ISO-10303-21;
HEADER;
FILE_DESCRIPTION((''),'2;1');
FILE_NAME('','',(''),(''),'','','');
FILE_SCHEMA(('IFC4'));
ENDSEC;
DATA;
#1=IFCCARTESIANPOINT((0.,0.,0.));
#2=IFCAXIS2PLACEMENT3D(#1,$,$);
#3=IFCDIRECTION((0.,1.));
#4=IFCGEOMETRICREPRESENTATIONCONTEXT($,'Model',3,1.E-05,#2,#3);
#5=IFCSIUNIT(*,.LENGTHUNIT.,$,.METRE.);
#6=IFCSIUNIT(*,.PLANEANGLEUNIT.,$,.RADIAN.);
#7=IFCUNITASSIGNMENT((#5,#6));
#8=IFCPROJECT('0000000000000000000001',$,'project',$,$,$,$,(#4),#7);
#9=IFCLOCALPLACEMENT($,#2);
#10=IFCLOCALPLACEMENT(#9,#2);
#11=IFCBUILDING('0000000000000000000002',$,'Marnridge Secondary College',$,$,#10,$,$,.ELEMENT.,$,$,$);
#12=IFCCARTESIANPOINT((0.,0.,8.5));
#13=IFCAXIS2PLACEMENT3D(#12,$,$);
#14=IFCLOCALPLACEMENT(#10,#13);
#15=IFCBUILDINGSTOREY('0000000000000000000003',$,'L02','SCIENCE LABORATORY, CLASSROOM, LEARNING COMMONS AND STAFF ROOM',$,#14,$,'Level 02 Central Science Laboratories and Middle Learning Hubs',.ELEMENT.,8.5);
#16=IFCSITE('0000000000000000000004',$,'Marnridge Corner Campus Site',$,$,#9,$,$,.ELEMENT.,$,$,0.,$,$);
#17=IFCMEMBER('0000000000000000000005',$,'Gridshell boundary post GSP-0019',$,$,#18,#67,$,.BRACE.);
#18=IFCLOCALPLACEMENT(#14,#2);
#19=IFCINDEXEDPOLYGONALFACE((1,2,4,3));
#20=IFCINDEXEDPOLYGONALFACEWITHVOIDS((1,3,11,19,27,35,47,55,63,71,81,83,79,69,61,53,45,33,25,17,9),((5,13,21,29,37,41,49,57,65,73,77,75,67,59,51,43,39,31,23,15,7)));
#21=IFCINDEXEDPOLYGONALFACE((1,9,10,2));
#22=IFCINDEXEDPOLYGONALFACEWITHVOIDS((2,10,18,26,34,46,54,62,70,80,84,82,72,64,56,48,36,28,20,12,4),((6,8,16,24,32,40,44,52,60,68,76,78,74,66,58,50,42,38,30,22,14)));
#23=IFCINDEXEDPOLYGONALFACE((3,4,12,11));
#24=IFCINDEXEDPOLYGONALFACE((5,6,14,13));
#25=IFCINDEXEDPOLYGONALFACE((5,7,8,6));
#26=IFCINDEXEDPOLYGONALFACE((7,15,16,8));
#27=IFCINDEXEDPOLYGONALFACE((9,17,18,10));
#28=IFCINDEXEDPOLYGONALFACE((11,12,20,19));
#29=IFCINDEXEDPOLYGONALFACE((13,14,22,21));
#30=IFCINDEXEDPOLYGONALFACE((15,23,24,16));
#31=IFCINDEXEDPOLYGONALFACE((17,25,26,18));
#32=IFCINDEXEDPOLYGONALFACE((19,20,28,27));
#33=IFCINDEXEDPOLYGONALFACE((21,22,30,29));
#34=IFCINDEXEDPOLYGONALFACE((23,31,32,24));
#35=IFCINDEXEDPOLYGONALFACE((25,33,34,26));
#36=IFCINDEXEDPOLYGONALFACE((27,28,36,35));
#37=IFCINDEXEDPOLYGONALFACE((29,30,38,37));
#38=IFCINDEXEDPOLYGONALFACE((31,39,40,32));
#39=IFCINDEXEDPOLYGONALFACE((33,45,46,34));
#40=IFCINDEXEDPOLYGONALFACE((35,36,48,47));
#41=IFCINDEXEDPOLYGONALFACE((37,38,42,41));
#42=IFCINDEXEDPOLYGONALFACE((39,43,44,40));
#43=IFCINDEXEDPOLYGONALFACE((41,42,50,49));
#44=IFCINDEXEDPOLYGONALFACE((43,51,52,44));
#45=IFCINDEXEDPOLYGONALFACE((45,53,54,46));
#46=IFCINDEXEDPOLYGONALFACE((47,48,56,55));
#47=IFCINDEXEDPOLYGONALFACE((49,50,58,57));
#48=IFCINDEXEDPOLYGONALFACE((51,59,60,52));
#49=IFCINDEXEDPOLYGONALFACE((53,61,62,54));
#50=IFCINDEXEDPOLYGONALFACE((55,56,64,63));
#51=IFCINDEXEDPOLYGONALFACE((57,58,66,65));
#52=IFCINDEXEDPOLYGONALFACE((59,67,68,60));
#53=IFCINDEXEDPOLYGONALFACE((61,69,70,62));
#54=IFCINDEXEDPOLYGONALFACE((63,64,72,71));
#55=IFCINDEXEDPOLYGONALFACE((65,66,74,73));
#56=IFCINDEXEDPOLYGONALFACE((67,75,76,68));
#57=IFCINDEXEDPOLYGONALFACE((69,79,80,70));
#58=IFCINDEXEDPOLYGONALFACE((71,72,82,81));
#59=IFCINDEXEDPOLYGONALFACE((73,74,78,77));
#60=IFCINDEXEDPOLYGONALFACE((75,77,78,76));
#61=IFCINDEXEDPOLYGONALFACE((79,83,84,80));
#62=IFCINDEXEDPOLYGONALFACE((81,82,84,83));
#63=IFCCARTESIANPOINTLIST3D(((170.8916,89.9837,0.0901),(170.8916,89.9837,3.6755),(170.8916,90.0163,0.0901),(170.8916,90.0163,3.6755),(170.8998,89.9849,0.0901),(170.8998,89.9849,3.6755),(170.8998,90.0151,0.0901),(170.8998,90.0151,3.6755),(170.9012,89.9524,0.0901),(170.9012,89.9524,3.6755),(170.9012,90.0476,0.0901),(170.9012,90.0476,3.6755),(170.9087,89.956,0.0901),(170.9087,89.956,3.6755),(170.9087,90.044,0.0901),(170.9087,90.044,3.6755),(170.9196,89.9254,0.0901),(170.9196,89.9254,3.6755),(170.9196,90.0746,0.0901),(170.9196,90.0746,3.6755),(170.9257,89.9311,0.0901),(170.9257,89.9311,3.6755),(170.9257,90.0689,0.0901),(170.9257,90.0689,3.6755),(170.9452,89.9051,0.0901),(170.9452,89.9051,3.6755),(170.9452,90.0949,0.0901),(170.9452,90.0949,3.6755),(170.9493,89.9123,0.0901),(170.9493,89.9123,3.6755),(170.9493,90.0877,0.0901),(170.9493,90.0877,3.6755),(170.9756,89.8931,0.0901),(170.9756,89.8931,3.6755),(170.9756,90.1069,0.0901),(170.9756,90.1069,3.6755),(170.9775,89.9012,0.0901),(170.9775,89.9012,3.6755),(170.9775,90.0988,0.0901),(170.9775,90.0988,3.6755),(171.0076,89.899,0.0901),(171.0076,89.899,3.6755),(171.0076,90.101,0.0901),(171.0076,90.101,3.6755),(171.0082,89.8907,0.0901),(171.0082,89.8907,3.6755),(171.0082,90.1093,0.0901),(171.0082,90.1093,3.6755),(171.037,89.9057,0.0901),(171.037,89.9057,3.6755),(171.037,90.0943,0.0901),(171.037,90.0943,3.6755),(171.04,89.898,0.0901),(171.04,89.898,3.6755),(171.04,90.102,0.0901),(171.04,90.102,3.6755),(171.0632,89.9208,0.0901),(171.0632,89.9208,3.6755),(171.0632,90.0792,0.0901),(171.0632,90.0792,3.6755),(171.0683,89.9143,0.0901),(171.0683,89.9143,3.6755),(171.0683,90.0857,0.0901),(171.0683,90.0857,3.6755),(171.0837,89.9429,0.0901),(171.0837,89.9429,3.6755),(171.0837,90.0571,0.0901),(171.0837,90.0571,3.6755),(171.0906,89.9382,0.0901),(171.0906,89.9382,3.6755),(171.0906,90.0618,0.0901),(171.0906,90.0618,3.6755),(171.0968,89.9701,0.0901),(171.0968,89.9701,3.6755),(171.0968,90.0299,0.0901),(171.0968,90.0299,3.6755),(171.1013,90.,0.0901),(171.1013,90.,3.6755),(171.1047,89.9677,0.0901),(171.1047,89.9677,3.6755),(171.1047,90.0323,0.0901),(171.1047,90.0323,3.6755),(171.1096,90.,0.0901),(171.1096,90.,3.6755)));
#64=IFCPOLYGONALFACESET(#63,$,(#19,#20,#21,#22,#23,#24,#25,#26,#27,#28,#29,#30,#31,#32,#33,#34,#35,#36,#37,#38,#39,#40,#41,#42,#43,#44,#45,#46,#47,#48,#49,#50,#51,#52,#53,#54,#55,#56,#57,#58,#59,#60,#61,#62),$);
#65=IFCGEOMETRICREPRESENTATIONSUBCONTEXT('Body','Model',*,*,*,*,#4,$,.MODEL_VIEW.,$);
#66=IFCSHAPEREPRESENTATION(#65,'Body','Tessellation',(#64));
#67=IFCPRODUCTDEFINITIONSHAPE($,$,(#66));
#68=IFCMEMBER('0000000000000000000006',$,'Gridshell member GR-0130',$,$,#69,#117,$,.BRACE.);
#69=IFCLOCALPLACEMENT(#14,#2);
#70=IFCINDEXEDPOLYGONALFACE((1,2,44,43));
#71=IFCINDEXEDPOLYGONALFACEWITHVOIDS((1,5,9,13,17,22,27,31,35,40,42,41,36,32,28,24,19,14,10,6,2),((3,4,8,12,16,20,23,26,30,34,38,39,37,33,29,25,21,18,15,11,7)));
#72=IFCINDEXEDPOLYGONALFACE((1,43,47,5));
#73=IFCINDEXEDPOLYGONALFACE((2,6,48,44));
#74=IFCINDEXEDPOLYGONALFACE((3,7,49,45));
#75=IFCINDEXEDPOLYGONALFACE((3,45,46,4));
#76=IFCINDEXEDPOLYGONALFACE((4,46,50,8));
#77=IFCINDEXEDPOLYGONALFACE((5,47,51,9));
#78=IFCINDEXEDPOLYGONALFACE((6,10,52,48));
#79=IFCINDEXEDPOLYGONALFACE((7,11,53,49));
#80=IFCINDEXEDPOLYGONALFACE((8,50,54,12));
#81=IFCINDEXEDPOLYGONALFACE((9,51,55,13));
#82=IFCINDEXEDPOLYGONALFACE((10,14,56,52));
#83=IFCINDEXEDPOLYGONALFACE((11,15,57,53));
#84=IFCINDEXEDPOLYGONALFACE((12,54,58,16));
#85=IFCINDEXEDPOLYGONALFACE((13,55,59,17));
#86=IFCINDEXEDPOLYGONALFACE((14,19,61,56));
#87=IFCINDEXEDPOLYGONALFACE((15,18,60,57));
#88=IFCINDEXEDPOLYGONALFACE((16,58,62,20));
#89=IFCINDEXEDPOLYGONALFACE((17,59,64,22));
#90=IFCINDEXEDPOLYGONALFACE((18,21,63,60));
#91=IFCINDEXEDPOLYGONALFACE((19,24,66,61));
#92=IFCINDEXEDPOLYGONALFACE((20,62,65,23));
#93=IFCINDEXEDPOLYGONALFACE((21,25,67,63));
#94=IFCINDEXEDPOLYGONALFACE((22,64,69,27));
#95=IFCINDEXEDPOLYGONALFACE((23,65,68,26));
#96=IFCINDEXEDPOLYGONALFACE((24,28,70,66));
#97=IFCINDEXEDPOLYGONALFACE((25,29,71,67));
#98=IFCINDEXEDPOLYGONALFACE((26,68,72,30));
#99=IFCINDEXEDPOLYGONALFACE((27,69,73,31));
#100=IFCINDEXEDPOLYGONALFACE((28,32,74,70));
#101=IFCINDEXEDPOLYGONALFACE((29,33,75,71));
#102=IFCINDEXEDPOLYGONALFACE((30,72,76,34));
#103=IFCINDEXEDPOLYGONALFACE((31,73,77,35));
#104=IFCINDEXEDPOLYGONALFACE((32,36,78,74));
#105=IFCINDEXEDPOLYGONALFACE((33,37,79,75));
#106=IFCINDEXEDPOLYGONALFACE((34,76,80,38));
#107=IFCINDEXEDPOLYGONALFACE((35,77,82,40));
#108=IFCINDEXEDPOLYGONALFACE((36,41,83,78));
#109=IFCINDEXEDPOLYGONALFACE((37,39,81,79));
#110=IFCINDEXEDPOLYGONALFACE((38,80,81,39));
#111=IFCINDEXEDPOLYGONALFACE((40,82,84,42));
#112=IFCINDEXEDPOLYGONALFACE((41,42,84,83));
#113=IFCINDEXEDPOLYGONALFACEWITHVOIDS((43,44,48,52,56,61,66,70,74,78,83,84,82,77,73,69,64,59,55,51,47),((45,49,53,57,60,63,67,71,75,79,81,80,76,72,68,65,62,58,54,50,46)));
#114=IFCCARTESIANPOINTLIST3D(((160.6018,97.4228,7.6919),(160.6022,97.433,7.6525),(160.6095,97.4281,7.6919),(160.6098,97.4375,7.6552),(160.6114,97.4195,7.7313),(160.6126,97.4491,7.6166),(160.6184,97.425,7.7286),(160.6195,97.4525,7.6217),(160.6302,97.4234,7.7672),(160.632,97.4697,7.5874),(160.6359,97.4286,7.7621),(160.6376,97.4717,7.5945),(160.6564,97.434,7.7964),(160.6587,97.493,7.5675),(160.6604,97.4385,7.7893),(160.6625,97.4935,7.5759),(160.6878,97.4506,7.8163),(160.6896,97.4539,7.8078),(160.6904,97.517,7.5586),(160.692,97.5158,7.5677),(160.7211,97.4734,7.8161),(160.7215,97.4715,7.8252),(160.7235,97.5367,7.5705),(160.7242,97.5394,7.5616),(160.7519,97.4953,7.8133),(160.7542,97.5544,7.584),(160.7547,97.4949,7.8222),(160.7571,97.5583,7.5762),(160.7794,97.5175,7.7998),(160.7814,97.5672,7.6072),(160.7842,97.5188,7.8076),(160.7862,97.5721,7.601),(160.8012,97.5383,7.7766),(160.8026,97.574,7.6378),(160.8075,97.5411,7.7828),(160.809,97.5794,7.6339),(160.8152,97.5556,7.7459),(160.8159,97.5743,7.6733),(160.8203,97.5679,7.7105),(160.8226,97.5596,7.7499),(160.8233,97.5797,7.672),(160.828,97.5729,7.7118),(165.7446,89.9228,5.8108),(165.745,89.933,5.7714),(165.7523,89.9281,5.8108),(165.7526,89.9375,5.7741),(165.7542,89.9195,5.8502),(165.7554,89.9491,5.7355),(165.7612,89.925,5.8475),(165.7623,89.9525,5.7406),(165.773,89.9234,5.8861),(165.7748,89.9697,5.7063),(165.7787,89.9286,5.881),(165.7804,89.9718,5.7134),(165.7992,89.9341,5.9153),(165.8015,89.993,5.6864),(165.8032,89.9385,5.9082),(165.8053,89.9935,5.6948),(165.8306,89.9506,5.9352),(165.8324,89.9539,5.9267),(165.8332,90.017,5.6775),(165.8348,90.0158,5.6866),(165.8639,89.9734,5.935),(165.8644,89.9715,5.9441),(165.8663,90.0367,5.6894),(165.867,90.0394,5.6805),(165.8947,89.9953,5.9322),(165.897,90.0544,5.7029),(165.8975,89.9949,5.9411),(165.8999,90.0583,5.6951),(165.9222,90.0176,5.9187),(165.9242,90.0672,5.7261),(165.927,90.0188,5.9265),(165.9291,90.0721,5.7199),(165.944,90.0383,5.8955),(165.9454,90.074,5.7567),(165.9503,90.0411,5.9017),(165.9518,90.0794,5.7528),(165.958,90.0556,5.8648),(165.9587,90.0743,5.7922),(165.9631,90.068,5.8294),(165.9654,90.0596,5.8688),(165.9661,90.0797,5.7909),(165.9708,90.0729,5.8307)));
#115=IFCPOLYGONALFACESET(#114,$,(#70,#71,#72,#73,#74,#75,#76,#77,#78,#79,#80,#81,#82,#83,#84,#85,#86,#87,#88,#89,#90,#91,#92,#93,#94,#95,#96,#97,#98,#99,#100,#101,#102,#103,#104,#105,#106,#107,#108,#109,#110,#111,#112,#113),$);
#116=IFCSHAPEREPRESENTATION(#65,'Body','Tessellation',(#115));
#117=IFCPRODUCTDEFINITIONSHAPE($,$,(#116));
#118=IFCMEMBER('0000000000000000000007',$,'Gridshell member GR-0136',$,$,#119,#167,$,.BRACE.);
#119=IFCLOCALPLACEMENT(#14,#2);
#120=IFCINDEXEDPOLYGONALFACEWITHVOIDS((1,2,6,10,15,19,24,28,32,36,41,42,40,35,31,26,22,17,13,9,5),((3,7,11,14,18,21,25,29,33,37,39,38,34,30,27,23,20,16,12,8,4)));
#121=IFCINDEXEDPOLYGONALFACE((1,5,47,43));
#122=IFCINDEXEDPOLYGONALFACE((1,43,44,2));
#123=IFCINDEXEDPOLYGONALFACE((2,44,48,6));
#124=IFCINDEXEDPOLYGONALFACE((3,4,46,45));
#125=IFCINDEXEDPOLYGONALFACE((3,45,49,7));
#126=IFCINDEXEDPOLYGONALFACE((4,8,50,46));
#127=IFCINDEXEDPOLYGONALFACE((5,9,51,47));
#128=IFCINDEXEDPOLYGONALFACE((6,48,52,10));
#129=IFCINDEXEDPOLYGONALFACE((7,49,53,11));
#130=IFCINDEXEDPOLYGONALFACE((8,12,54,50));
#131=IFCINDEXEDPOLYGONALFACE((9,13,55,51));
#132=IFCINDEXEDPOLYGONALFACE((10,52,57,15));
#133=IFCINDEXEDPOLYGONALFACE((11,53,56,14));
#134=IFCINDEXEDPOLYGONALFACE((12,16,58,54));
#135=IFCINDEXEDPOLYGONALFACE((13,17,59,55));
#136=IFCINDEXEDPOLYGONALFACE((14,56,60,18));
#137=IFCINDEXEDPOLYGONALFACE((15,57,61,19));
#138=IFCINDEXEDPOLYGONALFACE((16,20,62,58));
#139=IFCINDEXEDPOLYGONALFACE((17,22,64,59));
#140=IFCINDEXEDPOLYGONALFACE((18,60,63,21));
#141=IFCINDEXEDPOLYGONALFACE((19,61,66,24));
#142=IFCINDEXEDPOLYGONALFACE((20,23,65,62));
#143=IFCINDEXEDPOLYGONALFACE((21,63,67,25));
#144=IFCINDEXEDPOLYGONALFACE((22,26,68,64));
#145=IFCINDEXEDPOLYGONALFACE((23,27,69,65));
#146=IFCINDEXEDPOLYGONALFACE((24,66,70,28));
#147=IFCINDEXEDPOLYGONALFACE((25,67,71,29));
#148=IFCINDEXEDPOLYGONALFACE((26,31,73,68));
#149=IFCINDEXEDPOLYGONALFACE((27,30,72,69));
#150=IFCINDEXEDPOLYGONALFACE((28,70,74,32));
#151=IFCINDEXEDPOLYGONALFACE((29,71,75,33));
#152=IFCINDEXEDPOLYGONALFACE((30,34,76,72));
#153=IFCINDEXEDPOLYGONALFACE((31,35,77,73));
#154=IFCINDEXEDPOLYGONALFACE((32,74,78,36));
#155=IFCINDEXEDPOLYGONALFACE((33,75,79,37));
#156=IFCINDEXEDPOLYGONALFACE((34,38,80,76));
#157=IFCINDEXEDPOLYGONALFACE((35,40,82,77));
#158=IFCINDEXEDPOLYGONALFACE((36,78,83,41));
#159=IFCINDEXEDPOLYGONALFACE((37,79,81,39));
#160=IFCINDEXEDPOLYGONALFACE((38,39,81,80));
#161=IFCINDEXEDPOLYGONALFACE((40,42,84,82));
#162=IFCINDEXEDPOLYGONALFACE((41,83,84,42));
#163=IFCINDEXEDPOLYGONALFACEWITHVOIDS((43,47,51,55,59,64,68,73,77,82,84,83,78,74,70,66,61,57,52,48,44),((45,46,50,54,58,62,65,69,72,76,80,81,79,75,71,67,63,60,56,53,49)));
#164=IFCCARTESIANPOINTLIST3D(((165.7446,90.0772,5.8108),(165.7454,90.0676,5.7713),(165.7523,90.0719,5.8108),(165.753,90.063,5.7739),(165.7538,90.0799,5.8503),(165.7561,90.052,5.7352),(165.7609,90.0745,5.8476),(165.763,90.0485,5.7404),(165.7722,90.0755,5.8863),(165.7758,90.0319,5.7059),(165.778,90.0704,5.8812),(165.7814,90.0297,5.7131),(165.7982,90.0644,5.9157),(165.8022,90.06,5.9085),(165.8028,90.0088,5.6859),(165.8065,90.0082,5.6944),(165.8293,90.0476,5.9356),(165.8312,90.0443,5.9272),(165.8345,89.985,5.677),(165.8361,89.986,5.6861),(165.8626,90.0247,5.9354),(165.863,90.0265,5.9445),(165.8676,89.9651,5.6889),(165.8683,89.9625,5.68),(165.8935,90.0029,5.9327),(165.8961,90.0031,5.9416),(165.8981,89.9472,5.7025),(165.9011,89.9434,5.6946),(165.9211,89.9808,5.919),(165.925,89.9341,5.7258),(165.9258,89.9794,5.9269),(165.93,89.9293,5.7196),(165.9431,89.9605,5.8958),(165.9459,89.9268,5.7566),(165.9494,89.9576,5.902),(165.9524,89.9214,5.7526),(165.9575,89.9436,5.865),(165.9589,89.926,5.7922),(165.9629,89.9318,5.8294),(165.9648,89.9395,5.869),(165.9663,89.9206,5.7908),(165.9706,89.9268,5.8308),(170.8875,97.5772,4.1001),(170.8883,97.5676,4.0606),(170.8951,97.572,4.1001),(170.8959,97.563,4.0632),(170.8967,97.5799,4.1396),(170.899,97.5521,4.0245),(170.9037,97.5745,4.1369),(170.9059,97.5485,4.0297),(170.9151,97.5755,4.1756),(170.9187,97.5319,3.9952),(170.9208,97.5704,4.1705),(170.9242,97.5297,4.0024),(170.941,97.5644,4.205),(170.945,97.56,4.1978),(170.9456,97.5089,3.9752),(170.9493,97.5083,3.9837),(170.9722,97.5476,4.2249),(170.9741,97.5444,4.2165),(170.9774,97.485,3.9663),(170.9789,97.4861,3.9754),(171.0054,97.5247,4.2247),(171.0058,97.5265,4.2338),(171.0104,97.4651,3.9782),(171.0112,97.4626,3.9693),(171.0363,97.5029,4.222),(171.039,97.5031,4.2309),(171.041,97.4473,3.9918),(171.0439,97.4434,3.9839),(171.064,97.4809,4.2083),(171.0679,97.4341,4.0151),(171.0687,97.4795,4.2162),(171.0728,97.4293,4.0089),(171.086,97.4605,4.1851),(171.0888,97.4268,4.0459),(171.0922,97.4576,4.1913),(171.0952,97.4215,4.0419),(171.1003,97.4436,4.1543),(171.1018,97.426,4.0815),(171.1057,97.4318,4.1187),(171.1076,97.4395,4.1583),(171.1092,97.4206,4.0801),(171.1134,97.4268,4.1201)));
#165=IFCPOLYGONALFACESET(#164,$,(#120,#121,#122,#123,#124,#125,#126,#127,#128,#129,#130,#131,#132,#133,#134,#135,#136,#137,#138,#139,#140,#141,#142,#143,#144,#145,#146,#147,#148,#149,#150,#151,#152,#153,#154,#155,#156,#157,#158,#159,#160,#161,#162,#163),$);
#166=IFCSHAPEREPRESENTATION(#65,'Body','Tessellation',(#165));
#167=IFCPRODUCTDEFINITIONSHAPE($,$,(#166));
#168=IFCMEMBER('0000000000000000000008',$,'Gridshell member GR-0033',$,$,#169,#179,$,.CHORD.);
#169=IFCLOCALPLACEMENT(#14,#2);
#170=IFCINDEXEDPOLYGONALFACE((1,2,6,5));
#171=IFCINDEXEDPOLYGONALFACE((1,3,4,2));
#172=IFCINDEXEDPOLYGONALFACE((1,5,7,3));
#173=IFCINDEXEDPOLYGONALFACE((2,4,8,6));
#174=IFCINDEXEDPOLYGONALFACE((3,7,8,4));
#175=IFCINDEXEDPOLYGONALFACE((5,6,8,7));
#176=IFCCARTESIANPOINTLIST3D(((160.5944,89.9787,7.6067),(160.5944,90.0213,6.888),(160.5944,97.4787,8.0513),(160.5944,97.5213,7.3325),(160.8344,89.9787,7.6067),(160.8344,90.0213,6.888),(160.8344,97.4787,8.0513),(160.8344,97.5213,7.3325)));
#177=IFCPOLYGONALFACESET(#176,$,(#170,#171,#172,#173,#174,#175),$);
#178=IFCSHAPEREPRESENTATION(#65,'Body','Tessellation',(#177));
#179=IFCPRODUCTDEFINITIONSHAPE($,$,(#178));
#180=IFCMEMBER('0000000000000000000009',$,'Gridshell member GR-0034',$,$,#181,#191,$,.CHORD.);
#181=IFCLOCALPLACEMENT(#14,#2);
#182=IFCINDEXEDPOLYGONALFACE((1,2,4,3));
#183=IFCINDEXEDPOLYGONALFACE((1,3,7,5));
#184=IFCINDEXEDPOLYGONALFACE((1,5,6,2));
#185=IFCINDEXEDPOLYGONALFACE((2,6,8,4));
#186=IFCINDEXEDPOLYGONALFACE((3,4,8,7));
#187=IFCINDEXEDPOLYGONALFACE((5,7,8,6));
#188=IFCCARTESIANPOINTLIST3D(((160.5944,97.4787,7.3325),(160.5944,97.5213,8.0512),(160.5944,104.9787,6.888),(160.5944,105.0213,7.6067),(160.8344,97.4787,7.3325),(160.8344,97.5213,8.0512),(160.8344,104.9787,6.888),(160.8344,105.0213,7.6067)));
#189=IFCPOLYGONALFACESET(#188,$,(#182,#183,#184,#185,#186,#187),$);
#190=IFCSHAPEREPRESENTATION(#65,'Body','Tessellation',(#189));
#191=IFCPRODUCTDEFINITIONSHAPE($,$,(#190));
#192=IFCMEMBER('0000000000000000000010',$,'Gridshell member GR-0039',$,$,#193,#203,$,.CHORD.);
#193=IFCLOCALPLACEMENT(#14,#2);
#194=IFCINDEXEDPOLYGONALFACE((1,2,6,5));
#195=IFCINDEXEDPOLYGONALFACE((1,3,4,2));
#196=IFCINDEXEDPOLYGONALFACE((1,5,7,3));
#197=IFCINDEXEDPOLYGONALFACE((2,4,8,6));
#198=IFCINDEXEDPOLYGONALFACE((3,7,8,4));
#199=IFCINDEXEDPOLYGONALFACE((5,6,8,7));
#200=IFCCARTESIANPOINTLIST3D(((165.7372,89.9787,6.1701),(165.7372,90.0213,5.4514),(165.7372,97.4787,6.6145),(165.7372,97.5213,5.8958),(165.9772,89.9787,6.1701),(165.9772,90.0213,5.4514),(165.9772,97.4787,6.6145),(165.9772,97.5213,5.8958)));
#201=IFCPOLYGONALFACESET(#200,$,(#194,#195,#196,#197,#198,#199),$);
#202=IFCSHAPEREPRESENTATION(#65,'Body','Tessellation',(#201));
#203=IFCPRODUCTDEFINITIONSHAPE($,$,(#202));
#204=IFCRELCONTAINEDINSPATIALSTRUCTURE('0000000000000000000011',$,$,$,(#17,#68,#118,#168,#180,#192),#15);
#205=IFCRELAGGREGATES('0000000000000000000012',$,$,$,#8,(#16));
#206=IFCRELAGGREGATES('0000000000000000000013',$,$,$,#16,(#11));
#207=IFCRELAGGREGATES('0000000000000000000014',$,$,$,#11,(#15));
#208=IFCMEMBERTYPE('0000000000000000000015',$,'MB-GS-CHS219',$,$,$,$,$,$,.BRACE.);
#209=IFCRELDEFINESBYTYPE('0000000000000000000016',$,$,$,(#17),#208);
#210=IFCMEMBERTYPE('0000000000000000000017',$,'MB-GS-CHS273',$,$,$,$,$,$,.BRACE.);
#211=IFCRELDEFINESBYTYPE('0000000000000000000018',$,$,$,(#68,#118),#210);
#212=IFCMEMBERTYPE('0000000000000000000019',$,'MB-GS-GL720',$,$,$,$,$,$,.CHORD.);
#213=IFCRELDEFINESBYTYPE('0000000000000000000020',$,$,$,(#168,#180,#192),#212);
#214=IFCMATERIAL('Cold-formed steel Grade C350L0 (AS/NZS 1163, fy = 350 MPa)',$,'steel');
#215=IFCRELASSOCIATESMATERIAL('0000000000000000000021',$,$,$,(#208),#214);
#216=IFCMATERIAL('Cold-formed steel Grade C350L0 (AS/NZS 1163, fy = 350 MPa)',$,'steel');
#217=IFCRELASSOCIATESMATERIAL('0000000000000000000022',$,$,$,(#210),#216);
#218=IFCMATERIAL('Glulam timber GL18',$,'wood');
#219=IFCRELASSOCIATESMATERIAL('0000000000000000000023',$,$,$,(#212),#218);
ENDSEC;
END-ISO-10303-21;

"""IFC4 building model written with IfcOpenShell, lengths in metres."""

from ifc_helpers import new_model, si_unit, direction, frame, origin, origin_2d, place, context, subcontext, project, spatial, rectangle, hollow_circle, extrude, material, material_profile, profile_set, type_object, element, save


model = new_model("IFC4")

# Units and contexts
model_context = context("Model", 3, precision=1e-05, world=origin(), true_north=direction((0.0, 1.0)))
body_context = subcontext(model_context, "Body", "Model", "MODEL_VIEW")
ifc_project = project(units=[si_unit("LENGTHUNIT", "METRE"), si_unit("PLANEANGLEUNIT", "RADIAN")], contexts=[model_context])

# Site, building, storey
site_placement = place(None, origin())
site = spatial("IfcSite", under=ifc_project, at=site_placement, Name="Marnridge Corner Campus Site", CompositionType="ELEMENT", RefElevation=0.0)
building_placement = place(site_placement, origin())
building = spatial("IfcBuilding", under=site, at=building_placement, Name="Marnridge Secondary College", CompositionType="ELEMENT")
storey_placement = place(building_placement, frame((0.0, 0.0, 8.5)))
storey = spatial("IfcBuildingStorey", under=building, at=storey_placement, Name="L02", Description="SCIENCE LABORATORY, CLASSROOM, LEARNING COMMONS AND STAFF ROOM", LongName="Level 02 Central Science Laboratories and Middle Learning Hubs", CompositionType="ELEMENT", Elevation=8.5)

# Members
ifc_material_1 = material(Name="Cold-formed steel Grade C350L0 (AS/NZS 1163, fy = 350 MPa)", Category="steel")
ifc_material_profile_1 = material_profile(ifc_material_1, hollow_circle(Radius=0.1096, WallThickness=0.0083, at=origin_2d()), Name="219.1x8.2CHS")
ifc_profile_set_1 = profile_set([ifc_material_profile_1], Name="Cold-formed steel Grade C350L0 (AS/NZS 1163, fy = 350 MPa)")
member_type_1 = type_object("IfcMemberType", Name="MB-GS-CHS219", PredefinedType="BRACE", material=ifc_profile_set_1)
member_1_placement = place(storey_placement, frame((171.0, 90.0, 0.0901), z_axis=(0.0, 0.0, 1.0), x_axis=(1.0, 0.0, 0.0)))
element("IfcMember", 1, at=member_1_placement, inside=storey, type_object=member_type_1, Name="Gridshell boundary post GSP-0019", PredefinedType="BRACE", context=body_context, shape_type="SweptSolid", body=[
    extrude(hollow_circle(Radius=0.1096, WallThickness=0.0083, at=origin_2d()), origin(), (0.0, 0.0, 1.0), 3.5854),
])
ifc_material_2 = material(Name="Cold-formed steel Grade C350L0 (AS/NZS 1163, fy = 350 MPa)", Category="steel")
ifc_material_profile_2 = material_profile(ifc_material_2, hollow_circle(Radius=0.1365, WallThickness=0.0093, at=origin_2d()), Name="273.1x9.3CHS")
ifc_profile_set_2 = profile_set([ifc_material_profile_2], Name="Cold-formed steel Grade C350L0 (AS/NZS 1163, fy = 350 MPa)")
member_type_2 = type_object("IfcMemberType", Name="MB-GS-CHS273", PredefinedType="BRACE", material=ifc_profile_set_2)
member_2_placement = place(storey_placement, frame((165.8572, 90.0, 5.8108), z_axis=(-0.553802, 0.807633, 0.202565), x_axis=(-0.824731, -0.565526, 0.0)))
element("IfcMember", 2, at=member_2_placement, inside=storey, type_object=member_type_2, Name="Gridshell member GR-0130", PredefinedType="BRACE", context=body_context, shape_type="SweptSolid", body=[
    extrude(hollow_circle(Radius=0.1365, WallThickness=0.0093, at=origin_2d()), origin(), (0.0, 0.0, 1.0), 9.2864),
])
member_3_placement = place(storey_placement, frame((165.8572, 90.0, 5.8108), z_axis=(0.555778, 0.810514, -0.184872), x_axis=(-0.824731, 0.565526, 0.0)))
element("IfcMember", 3, at=member_3_placement, inside=storey, type_object=member_type_2, Name="Gridshell member GR-0136", PredefinedType="BRACE", context=body_context, shape_type="SweptSolid", body=[
    extrude(hollow_circle(Radius=0.1365, WallThickness=0.0093, at=origin_2d()), origin(), (0.0, 0.0, 1.0), 9.2534),
])
ifc_material_3 = material(Name="Glulam timber GL18", Category="wood")
ifc_material_profile_3 = material_profile(ifc_material_3, rectangle(XDim=0.24, YDim=0.72, at=origin_2d()), Name="GL18 240x720")
ifc_profile_set_3 = profile_set([ifc_material_profile_3], Name="Glulam timber GL18")
member_type_3 = type_object("IfcMemberType", Name="MB-GS-GL720", PredefinedType="CHORD", material=ifc_profile_set_3)
for number, where, z_axis, x_axis, name in (
    (4, (160.7144, 90.0, 7.2473), (0.0, 0.998248, 0.059173), (-1.0, 0.0, 0.0), "Gridshell member GR-0033"),
    (5, (160.7144, 97.5, 7.6919), (0.0, 0.998248, -0.059173), (-1.0, 0.0, 0.0), "Gridshell member GR-0034"),
    (6, (165.8572, 90.0, 5.8108), (0.0, 0.99825, 0.059141), (-1.0, 0.0, 0.0), "Gridshell member GR-0039"),
):
    element("IfcMember", number, at=place(storey_placement, frame(where, z_axis=z_axis, x_axis=x_axis)), inside=storey, type_object=member_type_3, Name=name, PredefinedType="CHORD", context=body_context, shape_type="SweptSolid", body=[
        extrude(rectangle(XDim=0.24, YDim=0.72, at=origin_2d()), origin(), (0.0, 0.0, 1.0), 7.5132),
    ])

save(model, "model.ifc")
